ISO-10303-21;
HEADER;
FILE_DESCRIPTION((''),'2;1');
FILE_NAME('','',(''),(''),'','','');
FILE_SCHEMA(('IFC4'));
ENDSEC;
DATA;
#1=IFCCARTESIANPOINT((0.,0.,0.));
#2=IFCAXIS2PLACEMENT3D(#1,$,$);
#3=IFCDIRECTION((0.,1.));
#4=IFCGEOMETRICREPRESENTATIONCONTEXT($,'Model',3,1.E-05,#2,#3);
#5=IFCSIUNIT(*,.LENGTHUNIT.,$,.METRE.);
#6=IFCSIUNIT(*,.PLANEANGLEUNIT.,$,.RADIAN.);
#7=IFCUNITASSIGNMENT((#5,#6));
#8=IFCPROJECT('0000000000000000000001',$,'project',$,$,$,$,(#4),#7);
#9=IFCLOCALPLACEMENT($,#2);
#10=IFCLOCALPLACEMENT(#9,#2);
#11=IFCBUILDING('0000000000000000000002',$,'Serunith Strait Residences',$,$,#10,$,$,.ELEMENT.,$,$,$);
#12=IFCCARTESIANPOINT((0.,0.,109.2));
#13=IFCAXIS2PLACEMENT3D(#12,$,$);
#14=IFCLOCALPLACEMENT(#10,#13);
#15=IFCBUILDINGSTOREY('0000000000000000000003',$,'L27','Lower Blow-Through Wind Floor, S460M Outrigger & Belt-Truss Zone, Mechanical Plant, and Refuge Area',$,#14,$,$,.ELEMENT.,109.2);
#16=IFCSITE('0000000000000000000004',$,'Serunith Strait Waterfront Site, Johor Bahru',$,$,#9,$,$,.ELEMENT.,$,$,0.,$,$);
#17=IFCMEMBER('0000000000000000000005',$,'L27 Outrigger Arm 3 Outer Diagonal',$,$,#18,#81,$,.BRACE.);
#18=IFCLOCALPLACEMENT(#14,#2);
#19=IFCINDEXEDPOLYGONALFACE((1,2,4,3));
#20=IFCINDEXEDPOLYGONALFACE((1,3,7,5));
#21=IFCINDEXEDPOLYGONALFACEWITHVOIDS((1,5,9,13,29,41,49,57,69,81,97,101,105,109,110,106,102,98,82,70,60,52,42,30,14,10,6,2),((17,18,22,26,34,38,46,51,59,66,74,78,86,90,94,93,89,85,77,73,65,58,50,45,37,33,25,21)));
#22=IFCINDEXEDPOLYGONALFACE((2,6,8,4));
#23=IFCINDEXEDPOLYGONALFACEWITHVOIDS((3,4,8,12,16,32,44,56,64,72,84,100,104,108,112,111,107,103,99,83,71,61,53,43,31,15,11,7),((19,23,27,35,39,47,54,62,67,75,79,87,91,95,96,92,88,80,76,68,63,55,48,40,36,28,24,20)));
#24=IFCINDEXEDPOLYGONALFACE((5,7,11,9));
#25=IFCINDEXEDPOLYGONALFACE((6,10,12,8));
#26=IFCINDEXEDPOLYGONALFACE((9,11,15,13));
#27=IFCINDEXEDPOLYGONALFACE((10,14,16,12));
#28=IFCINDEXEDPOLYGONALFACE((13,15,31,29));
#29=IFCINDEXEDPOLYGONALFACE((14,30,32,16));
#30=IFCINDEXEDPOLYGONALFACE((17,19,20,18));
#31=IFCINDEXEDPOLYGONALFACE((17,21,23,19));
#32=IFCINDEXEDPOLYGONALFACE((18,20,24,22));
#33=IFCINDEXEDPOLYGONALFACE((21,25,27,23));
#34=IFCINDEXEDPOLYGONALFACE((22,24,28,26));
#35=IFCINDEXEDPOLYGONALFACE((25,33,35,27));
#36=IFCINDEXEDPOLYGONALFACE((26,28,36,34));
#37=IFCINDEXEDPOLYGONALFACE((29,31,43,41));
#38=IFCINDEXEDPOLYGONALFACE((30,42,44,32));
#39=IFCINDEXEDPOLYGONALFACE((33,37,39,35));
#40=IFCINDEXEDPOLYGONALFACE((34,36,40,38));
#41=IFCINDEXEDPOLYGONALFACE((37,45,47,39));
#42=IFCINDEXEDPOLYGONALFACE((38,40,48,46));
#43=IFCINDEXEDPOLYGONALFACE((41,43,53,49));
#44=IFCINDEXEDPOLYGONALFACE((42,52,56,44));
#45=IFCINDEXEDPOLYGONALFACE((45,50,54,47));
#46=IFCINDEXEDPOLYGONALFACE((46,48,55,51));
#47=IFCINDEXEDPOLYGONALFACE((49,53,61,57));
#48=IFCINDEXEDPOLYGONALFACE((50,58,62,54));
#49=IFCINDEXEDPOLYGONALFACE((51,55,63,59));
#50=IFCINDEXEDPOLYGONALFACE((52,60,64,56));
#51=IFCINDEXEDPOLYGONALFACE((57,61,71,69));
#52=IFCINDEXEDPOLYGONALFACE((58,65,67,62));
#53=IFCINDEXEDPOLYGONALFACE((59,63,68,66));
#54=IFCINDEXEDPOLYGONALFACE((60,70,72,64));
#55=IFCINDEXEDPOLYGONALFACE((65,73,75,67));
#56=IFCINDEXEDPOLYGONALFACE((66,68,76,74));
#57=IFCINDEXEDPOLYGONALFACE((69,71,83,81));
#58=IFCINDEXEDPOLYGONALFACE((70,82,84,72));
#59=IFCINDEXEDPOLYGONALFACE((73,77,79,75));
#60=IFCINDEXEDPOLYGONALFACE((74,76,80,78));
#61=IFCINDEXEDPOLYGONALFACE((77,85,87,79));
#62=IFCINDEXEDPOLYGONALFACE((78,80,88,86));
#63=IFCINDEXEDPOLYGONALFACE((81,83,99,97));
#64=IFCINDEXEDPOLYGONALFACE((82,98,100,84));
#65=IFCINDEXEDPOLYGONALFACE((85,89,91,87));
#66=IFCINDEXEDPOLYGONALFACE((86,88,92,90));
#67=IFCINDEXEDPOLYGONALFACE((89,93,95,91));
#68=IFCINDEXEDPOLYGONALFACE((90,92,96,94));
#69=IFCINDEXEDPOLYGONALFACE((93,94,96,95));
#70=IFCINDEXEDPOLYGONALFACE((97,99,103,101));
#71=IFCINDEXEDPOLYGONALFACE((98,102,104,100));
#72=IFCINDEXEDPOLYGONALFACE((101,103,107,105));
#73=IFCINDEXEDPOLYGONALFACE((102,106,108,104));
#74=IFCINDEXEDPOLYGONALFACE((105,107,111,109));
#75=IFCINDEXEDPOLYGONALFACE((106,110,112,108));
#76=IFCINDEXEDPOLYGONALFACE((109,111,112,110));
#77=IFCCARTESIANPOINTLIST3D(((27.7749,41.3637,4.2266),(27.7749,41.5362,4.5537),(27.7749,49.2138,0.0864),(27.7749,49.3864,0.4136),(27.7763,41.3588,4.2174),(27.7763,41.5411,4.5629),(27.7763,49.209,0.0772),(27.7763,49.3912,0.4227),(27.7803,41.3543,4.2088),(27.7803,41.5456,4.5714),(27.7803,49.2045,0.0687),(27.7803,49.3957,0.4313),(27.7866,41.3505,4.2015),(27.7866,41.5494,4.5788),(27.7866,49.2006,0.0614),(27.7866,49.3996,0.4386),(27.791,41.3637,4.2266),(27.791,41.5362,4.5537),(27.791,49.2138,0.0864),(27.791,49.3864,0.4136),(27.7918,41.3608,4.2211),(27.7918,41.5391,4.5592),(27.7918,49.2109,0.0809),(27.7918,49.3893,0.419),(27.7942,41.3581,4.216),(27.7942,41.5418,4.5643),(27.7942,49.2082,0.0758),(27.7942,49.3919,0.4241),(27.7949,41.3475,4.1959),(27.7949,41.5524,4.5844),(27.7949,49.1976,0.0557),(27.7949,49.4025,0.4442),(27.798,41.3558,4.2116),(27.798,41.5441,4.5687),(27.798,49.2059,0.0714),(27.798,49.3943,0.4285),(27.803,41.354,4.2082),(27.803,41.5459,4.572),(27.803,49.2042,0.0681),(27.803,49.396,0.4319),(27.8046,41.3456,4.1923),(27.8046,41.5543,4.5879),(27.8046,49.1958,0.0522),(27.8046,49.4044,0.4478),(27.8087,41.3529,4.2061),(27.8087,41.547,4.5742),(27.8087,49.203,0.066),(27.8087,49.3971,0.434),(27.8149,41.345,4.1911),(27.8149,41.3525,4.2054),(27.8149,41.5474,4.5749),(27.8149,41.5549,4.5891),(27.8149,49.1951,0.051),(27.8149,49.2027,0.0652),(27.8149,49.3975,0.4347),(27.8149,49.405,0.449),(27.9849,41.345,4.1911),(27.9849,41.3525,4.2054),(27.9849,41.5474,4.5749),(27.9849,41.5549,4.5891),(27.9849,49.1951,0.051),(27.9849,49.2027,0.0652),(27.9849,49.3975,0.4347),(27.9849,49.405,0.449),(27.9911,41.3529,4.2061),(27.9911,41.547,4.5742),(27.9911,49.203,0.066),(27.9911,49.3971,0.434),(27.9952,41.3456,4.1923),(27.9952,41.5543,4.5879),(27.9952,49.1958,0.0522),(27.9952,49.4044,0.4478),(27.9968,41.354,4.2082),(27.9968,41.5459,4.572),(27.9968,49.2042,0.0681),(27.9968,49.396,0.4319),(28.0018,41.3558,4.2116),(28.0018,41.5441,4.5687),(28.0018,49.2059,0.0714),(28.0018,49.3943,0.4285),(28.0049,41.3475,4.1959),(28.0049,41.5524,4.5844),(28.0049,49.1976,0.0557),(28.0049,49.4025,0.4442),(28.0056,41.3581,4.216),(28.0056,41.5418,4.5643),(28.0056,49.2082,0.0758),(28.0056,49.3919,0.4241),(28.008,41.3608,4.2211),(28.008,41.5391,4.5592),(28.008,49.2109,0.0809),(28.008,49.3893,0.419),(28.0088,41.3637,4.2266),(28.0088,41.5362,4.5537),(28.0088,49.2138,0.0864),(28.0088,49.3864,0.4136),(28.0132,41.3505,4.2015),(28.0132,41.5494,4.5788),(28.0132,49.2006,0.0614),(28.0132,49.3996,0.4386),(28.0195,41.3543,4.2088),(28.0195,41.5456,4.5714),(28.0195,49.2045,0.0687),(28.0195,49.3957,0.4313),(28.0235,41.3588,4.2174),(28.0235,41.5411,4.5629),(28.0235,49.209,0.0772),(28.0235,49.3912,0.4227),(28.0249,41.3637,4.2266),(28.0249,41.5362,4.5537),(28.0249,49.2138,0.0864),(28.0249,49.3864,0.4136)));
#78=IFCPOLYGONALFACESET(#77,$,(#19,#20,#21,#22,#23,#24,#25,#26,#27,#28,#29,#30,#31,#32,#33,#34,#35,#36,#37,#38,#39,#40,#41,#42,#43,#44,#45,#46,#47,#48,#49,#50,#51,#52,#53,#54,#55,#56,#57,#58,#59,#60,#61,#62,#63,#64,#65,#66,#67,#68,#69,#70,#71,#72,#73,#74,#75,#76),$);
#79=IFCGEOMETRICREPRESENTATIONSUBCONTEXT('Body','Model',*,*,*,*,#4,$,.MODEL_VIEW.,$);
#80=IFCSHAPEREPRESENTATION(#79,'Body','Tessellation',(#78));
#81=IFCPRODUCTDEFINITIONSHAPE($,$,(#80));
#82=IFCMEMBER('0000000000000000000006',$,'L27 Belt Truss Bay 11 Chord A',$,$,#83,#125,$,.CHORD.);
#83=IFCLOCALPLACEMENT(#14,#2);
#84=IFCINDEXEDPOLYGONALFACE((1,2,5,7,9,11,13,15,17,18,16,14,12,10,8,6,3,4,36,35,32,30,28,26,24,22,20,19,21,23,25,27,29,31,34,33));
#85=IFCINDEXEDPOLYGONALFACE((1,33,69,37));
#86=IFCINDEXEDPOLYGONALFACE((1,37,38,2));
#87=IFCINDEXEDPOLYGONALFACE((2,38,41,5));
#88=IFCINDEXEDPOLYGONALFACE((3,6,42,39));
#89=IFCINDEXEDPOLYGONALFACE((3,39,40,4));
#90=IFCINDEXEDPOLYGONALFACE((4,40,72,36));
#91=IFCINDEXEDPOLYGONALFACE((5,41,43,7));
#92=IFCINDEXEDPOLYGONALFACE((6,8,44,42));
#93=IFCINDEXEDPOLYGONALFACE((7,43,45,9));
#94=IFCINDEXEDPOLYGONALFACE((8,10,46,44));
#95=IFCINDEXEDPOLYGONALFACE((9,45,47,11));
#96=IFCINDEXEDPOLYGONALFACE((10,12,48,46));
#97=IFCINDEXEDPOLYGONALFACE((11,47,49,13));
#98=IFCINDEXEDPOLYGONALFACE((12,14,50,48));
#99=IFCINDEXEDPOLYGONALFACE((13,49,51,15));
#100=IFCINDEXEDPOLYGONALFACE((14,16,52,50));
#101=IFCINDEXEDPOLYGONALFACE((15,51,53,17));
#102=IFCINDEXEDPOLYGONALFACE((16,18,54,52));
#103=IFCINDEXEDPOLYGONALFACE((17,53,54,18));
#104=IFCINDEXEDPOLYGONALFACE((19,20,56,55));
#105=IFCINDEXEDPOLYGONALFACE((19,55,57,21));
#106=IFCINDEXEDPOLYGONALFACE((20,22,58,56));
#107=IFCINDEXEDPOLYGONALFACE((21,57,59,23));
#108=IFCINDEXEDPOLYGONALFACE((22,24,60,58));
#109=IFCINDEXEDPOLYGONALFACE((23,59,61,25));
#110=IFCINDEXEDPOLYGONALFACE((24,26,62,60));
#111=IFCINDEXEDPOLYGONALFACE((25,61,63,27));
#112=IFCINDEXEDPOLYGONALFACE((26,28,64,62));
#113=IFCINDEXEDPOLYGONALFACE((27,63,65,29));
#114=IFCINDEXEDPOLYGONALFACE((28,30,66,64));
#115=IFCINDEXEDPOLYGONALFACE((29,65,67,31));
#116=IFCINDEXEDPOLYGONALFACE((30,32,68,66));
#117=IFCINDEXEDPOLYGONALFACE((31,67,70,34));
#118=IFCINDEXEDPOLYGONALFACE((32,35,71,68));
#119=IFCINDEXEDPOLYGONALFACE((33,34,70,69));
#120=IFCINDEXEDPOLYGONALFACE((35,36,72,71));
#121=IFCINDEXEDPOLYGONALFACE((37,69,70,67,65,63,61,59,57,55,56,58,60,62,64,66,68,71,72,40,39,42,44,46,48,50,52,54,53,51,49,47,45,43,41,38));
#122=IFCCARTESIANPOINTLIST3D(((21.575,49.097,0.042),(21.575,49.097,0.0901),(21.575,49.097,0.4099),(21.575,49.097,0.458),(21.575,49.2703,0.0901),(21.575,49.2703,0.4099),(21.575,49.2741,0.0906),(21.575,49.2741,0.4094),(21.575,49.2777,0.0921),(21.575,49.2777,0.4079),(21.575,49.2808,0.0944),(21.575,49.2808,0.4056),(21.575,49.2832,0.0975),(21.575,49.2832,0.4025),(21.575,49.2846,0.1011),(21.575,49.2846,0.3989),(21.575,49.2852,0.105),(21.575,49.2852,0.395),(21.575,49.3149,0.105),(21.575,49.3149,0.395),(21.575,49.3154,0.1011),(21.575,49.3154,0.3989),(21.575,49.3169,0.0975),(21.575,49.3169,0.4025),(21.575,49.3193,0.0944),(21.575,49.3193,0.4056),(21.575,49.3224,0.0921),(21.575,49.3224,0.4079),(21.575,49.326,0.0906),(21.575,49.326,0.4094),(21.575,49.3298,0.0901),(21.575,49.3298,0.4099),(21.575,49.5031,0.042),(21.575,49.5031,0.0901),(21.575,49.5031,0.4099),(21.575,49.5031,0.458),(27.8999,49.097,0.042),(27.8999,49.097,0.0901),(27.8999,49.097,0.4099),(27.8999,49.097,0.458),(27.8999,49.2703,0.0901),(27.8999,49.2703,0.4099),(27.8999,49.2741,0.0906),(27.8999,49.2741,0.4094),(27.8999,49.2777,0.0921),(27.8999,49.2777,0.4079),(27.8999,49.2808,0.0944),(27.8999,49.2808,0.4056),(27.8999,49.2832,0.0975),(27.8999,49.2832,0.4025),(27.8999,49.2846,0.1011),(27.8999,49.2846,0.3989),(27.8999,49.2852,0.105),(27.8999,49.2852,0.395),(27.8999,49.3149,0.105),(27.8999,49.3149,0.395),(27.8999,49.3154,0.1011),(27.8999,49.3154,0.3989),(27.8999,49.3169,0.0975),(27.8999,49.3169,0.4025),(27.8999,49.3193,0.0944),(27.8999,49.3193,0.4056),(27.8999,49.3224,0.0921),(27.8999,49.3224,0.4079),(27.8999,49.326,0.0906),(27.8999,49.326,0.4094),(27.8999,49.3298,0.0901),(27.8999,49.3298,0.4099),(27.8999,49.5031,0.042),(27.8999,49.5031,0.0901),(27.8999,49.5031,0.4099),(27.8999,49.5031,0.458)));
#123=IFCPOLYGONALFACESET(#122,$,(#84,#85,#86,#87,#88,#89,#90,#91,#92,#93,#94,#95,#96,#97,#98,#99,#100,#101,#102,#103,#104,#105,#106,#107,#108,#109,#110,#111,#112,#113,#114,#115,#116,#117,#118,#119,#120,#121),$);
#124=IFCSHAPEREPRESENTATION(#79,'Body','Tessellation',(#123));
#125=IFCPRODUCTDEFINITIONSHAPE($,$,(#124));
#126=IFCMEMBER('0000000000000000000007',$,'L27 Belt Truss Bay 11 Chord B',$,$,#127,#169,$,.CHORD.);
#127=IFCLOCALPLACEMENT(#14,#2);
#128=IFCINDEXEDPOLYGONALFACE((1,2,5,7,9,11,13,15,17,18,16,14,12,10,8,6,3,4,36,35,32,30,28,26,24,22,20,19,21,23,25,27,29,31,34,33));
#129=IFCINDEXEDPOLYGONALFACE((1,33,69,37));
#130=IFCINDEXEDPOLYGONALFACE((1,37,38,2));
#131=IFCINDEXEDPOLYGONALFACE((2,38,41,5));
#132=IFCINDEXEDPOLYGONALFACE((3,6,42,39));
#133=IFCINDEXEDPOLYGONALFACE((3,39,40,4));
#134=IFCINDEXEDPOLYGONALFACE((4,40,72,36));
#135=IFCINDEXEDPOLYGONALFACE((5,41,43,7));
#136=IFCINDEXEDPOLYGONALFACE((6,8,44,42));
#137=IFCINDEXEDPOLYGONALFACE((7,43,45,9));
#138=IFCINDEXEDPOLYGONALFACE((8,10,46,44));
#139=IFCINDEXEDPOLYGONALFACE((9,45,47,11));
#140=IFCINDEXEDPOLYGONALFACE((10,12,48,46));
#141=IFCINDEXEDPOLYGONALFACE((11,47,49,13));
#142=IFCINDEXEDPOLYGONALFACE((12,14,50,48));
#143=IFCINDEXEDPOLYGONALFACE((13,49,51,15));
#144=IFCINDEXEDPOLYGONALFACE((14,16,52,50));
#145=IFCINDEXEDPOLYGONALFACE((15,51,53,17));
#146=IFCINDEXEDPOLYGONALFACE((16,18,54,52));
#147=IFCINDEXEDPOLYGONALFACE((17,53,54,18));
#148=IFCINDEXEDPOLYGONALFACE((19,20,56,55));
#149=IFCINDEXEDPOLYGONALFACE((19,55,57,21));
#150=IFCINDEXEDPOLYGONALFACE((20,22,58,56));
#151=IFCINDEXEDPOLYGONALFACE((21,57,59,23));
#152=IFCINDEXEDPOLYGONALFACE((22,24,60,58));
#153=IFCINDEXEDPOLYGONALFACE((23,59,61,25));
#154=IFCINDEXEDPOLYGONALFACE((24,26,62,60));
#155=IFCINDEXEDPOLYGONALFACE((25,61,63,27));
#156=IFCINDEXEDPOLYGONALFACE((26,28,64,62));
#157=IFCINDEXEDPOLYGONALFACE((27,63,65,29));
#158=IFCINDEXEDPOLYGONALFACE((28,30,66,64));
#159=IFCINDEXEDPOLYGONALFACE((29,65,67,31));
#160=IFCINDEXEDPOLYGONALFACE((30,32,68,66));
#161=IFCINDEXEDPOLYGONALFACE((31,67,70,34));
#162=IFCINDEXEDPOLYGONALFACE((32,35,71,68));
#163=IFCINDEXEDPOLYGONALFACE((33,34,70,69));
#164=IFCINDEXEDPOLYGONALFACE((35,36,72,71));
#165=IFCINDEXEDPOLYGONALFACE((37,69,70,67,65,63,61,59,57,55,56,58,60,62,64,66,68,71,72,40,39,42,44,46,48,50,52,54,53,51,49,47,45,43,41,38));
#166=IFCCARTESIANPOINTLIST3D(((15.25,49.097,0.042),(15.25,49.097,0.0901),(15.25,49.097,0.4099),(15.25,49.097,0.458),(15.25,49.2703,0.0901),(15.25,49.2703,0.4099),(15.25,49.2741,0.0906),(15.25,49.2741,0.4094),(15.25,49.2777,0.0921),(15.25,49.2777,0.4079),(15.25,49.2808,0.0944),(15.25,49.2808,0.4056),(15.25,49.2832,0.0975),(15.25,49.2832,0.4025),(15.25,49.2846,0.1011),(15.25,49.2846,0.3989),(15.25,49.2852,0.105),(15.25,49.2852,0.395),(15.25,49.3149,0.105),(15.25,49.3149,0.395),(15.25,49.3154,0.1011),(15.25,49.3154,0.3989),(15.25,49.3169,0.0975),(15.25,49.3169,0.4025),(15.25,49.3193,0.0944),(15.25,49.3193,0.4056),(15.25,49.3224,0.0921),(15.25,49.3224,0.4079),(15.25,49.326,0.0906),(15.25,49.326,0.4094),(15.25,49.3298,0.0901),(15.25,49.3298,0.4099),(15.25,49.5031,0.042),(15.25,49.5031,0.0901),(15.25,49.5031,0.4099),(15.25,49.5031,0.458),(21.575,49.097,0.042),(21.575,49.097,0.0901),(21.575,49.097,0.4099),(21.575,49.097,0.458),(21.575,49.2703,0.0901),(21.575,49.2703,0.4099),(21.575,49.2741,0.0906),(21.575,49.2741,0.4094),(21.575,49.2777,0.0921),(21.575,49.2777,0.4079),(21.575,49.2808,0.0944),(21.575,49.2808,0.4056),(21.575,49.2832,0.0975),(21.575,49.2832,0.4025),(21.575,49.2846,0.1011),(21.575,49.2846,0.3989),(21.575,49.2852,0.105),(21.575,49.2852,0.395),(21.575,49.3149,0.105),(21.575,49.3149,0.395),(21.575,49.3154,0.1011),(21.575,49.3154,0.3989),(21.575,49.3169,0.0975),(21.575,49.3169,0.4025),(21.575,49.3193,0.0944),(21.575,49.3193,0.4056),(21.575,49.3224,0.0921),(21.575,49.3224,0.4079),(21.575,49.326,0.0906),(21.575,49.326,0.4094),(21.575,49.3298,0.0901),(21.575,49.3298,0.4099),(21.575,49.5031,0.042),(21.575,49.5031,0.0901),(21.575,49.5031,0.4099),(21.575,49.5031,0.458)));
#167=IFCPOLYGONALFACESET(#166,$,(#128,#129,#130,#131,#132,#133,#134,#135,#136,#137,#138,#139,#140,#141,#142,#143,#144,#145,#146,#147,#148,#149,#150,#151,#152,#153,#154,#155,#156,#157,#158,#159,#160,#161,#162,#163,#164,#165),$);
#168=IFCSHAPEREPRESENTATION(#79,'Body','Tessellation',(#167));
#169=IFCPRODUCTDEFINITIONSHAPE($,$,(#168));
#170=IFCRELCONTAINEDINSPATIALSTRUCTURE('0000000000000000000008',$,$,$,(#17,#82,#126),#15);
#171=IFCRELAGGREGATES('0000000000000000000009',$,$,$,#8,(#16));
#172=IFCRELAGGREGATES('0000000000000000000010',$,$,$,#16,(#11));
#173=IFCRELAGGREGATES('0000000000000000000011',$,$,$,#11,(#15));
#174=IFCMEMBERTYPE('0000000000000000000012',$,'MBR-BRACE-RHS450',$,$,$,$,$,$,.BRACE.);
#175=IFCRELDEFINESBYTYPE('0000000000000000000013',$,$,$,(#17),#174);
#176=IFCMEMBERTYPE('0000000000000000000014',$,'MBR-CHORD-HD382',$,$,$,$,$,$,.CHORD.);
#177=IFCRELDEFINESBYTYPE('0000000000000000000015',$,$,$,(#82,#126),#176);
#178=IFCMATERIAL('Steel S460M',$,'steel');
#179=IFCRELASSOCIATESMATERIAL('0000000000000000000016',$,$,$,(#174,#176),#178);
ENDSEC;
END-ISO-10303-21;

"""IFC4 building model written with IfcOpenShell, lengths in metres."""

from ifc_helpers import new_model, si_unit, direction, frame, origin, origin_2d, place, context, subcontext, project, spatial, hollow_rectangle, i_section, extrude, source, transform, mapped, material, material_profile, profile_set, type_object, element, save


model = new_model("IFC4")

# Units and contexts
model_context = context("Model", 3, precision=1e-05, world=origin(), true_north=direction((0.0, 1.0)))
body_context = subcontext(model_context, "Body", "Model", "MODEL_VIEW")
ifc_project = project(units=[si_unit("LENGTHUNIT", "METRE"), si_unit("PLANEANGLEUNIT", "RADIAN")], contexts=[model_context])

# Site, building, storey
site_placement = place(None, origin())
site = spatial("IfcSite", under=ifc_project, at=site_placement, Name="Serunith Strait Waterfront Site, Johor Bahru", CompositionType="ELEMENT", RefElevation=0.0)
building_placement = place(site_placement, origin())
building = spatial("IfcBuilding", under=site, at=building_placement, Name="Serunith Strait Residences", CompositionType="ELEMENT")
storey_placement = place(building_placement, frame((0.0, 0.0, 109.2)))
storey = spatial("IfcBuildingStorey", under=building, at=storey_placement, Name="L27", Description="Lower Blow-Through Wind Floor, S460M Outrigger & Belt-Truss Zone, Mechanical Plant, and Refuge Area", CompositionType="ELEMENT", Elevation=109.2)

# Members
ifc_material_1 = material(Name="Steel S460M", Category="steel")
ifc_material_profile_1 = material_profile(ifc_material_1, hollow_rectangle(XDim=0.25, YDim=0.45, WallThickness=0.0161, InnerFilletRadius=0.0239, OuterFilletRadius=0.04, at=origin_2d()), Name="RHS 450x250x16")
ifc_profile_set_1 = profile_set([ifc_material_profile_1], Name="Steel S460M")
member_type_1 = type_object("IfcMemberType", Name="MBR-BRACE-RHS450", PredefinedType="BRACE", material=ifc_profile_set_1)
shared_shape_1 = source(origin(), body_context, "Body", "SweptSolid", [
    extrude(hollow_rectangle(XDim=0.25, YDim=0.45, WallThickness=0.0161, InnerFilletRadius=0.0239, OuterFilletRadius=0.04, at=origin_2d()), origin(), (0.0, 0.0, 1.0), 8.875),
])
member_1_placement = place(storey_placement, frame((27.8999, 41.45, 4.3901), z_axis=(0.0, 0.884523, -0.466497), x_axis=(-1.0, 0.0, 0.0)))
element("IfcMember", 1, at=member_1_placement, inside=storey, type_object=member_type_1, Name="L27 Outrigger Arm 3 Outer Diagonal", PredefinedType="BRACE", context=body_context, shape_type="MappedRepresentation", body=[
    mapped(shared_shape_1, transform((0.0, 0.0, 0.0), scale=1.0)),
])
ifc_material_profile_2 = material_profile(ifc_material_1, i_section(OverallWidth=0.406, OverallDepth=0.416, WebThickness=0.0298, FlangeThickness=0.0481, FilletRadius=0.0149, at=origin_2d()), Name="HD 400x382")
ifc_profile_set_2 = profile_set([ifc_material_profile_2], Name="Steel S460M")
member_type_2 = type_object("IfcMemberType", Name="MBR-CHORD-HD382", PredefinedType="CHORD", material=ifc_profile_set_2)
shared_shape_2 = source(origin(), body_context, "Body", "SweptSolid", [
    extrude(i_section(OverallWidth=0.406, OverallDepth=0.416, WebThickness=0.0298, FlangeThickness=0.0481, FilletRadius=0.0149, at=origin_2d()), origin(), (0.0, 0.0, 1.0), 6.325),
])
for number, where, z_axis, x_axis, name in (
    (2, (27.8999, 49.3, 0.25), (-1.0, 0.0, 0.0), (0.0, -1.0, 0.0), "L27 Belt Truss Bay 11 Chord A"),
    (3, (21.575, 49.3, 0.25), (-1.0, 0.0, 0.0), (0.0, -1.0, 0.0), "L27 Belt Truss Bay 11 Chord B"),
):
    element("IfcMember", number, at=place(storey_placement, frame(where, z_axis=z_axis, x_axis=x_axis)), inside=storey, type_object=member_type_2, Name=name, PredefinedType="CHORD", context=body_context, shape_type="MappedRepresentation", body=[
        mapped(shared_shape_2, transform((0.0, 0.0, 0.0), scale=1.0)),
    ])

save(model, "model.ifc")
